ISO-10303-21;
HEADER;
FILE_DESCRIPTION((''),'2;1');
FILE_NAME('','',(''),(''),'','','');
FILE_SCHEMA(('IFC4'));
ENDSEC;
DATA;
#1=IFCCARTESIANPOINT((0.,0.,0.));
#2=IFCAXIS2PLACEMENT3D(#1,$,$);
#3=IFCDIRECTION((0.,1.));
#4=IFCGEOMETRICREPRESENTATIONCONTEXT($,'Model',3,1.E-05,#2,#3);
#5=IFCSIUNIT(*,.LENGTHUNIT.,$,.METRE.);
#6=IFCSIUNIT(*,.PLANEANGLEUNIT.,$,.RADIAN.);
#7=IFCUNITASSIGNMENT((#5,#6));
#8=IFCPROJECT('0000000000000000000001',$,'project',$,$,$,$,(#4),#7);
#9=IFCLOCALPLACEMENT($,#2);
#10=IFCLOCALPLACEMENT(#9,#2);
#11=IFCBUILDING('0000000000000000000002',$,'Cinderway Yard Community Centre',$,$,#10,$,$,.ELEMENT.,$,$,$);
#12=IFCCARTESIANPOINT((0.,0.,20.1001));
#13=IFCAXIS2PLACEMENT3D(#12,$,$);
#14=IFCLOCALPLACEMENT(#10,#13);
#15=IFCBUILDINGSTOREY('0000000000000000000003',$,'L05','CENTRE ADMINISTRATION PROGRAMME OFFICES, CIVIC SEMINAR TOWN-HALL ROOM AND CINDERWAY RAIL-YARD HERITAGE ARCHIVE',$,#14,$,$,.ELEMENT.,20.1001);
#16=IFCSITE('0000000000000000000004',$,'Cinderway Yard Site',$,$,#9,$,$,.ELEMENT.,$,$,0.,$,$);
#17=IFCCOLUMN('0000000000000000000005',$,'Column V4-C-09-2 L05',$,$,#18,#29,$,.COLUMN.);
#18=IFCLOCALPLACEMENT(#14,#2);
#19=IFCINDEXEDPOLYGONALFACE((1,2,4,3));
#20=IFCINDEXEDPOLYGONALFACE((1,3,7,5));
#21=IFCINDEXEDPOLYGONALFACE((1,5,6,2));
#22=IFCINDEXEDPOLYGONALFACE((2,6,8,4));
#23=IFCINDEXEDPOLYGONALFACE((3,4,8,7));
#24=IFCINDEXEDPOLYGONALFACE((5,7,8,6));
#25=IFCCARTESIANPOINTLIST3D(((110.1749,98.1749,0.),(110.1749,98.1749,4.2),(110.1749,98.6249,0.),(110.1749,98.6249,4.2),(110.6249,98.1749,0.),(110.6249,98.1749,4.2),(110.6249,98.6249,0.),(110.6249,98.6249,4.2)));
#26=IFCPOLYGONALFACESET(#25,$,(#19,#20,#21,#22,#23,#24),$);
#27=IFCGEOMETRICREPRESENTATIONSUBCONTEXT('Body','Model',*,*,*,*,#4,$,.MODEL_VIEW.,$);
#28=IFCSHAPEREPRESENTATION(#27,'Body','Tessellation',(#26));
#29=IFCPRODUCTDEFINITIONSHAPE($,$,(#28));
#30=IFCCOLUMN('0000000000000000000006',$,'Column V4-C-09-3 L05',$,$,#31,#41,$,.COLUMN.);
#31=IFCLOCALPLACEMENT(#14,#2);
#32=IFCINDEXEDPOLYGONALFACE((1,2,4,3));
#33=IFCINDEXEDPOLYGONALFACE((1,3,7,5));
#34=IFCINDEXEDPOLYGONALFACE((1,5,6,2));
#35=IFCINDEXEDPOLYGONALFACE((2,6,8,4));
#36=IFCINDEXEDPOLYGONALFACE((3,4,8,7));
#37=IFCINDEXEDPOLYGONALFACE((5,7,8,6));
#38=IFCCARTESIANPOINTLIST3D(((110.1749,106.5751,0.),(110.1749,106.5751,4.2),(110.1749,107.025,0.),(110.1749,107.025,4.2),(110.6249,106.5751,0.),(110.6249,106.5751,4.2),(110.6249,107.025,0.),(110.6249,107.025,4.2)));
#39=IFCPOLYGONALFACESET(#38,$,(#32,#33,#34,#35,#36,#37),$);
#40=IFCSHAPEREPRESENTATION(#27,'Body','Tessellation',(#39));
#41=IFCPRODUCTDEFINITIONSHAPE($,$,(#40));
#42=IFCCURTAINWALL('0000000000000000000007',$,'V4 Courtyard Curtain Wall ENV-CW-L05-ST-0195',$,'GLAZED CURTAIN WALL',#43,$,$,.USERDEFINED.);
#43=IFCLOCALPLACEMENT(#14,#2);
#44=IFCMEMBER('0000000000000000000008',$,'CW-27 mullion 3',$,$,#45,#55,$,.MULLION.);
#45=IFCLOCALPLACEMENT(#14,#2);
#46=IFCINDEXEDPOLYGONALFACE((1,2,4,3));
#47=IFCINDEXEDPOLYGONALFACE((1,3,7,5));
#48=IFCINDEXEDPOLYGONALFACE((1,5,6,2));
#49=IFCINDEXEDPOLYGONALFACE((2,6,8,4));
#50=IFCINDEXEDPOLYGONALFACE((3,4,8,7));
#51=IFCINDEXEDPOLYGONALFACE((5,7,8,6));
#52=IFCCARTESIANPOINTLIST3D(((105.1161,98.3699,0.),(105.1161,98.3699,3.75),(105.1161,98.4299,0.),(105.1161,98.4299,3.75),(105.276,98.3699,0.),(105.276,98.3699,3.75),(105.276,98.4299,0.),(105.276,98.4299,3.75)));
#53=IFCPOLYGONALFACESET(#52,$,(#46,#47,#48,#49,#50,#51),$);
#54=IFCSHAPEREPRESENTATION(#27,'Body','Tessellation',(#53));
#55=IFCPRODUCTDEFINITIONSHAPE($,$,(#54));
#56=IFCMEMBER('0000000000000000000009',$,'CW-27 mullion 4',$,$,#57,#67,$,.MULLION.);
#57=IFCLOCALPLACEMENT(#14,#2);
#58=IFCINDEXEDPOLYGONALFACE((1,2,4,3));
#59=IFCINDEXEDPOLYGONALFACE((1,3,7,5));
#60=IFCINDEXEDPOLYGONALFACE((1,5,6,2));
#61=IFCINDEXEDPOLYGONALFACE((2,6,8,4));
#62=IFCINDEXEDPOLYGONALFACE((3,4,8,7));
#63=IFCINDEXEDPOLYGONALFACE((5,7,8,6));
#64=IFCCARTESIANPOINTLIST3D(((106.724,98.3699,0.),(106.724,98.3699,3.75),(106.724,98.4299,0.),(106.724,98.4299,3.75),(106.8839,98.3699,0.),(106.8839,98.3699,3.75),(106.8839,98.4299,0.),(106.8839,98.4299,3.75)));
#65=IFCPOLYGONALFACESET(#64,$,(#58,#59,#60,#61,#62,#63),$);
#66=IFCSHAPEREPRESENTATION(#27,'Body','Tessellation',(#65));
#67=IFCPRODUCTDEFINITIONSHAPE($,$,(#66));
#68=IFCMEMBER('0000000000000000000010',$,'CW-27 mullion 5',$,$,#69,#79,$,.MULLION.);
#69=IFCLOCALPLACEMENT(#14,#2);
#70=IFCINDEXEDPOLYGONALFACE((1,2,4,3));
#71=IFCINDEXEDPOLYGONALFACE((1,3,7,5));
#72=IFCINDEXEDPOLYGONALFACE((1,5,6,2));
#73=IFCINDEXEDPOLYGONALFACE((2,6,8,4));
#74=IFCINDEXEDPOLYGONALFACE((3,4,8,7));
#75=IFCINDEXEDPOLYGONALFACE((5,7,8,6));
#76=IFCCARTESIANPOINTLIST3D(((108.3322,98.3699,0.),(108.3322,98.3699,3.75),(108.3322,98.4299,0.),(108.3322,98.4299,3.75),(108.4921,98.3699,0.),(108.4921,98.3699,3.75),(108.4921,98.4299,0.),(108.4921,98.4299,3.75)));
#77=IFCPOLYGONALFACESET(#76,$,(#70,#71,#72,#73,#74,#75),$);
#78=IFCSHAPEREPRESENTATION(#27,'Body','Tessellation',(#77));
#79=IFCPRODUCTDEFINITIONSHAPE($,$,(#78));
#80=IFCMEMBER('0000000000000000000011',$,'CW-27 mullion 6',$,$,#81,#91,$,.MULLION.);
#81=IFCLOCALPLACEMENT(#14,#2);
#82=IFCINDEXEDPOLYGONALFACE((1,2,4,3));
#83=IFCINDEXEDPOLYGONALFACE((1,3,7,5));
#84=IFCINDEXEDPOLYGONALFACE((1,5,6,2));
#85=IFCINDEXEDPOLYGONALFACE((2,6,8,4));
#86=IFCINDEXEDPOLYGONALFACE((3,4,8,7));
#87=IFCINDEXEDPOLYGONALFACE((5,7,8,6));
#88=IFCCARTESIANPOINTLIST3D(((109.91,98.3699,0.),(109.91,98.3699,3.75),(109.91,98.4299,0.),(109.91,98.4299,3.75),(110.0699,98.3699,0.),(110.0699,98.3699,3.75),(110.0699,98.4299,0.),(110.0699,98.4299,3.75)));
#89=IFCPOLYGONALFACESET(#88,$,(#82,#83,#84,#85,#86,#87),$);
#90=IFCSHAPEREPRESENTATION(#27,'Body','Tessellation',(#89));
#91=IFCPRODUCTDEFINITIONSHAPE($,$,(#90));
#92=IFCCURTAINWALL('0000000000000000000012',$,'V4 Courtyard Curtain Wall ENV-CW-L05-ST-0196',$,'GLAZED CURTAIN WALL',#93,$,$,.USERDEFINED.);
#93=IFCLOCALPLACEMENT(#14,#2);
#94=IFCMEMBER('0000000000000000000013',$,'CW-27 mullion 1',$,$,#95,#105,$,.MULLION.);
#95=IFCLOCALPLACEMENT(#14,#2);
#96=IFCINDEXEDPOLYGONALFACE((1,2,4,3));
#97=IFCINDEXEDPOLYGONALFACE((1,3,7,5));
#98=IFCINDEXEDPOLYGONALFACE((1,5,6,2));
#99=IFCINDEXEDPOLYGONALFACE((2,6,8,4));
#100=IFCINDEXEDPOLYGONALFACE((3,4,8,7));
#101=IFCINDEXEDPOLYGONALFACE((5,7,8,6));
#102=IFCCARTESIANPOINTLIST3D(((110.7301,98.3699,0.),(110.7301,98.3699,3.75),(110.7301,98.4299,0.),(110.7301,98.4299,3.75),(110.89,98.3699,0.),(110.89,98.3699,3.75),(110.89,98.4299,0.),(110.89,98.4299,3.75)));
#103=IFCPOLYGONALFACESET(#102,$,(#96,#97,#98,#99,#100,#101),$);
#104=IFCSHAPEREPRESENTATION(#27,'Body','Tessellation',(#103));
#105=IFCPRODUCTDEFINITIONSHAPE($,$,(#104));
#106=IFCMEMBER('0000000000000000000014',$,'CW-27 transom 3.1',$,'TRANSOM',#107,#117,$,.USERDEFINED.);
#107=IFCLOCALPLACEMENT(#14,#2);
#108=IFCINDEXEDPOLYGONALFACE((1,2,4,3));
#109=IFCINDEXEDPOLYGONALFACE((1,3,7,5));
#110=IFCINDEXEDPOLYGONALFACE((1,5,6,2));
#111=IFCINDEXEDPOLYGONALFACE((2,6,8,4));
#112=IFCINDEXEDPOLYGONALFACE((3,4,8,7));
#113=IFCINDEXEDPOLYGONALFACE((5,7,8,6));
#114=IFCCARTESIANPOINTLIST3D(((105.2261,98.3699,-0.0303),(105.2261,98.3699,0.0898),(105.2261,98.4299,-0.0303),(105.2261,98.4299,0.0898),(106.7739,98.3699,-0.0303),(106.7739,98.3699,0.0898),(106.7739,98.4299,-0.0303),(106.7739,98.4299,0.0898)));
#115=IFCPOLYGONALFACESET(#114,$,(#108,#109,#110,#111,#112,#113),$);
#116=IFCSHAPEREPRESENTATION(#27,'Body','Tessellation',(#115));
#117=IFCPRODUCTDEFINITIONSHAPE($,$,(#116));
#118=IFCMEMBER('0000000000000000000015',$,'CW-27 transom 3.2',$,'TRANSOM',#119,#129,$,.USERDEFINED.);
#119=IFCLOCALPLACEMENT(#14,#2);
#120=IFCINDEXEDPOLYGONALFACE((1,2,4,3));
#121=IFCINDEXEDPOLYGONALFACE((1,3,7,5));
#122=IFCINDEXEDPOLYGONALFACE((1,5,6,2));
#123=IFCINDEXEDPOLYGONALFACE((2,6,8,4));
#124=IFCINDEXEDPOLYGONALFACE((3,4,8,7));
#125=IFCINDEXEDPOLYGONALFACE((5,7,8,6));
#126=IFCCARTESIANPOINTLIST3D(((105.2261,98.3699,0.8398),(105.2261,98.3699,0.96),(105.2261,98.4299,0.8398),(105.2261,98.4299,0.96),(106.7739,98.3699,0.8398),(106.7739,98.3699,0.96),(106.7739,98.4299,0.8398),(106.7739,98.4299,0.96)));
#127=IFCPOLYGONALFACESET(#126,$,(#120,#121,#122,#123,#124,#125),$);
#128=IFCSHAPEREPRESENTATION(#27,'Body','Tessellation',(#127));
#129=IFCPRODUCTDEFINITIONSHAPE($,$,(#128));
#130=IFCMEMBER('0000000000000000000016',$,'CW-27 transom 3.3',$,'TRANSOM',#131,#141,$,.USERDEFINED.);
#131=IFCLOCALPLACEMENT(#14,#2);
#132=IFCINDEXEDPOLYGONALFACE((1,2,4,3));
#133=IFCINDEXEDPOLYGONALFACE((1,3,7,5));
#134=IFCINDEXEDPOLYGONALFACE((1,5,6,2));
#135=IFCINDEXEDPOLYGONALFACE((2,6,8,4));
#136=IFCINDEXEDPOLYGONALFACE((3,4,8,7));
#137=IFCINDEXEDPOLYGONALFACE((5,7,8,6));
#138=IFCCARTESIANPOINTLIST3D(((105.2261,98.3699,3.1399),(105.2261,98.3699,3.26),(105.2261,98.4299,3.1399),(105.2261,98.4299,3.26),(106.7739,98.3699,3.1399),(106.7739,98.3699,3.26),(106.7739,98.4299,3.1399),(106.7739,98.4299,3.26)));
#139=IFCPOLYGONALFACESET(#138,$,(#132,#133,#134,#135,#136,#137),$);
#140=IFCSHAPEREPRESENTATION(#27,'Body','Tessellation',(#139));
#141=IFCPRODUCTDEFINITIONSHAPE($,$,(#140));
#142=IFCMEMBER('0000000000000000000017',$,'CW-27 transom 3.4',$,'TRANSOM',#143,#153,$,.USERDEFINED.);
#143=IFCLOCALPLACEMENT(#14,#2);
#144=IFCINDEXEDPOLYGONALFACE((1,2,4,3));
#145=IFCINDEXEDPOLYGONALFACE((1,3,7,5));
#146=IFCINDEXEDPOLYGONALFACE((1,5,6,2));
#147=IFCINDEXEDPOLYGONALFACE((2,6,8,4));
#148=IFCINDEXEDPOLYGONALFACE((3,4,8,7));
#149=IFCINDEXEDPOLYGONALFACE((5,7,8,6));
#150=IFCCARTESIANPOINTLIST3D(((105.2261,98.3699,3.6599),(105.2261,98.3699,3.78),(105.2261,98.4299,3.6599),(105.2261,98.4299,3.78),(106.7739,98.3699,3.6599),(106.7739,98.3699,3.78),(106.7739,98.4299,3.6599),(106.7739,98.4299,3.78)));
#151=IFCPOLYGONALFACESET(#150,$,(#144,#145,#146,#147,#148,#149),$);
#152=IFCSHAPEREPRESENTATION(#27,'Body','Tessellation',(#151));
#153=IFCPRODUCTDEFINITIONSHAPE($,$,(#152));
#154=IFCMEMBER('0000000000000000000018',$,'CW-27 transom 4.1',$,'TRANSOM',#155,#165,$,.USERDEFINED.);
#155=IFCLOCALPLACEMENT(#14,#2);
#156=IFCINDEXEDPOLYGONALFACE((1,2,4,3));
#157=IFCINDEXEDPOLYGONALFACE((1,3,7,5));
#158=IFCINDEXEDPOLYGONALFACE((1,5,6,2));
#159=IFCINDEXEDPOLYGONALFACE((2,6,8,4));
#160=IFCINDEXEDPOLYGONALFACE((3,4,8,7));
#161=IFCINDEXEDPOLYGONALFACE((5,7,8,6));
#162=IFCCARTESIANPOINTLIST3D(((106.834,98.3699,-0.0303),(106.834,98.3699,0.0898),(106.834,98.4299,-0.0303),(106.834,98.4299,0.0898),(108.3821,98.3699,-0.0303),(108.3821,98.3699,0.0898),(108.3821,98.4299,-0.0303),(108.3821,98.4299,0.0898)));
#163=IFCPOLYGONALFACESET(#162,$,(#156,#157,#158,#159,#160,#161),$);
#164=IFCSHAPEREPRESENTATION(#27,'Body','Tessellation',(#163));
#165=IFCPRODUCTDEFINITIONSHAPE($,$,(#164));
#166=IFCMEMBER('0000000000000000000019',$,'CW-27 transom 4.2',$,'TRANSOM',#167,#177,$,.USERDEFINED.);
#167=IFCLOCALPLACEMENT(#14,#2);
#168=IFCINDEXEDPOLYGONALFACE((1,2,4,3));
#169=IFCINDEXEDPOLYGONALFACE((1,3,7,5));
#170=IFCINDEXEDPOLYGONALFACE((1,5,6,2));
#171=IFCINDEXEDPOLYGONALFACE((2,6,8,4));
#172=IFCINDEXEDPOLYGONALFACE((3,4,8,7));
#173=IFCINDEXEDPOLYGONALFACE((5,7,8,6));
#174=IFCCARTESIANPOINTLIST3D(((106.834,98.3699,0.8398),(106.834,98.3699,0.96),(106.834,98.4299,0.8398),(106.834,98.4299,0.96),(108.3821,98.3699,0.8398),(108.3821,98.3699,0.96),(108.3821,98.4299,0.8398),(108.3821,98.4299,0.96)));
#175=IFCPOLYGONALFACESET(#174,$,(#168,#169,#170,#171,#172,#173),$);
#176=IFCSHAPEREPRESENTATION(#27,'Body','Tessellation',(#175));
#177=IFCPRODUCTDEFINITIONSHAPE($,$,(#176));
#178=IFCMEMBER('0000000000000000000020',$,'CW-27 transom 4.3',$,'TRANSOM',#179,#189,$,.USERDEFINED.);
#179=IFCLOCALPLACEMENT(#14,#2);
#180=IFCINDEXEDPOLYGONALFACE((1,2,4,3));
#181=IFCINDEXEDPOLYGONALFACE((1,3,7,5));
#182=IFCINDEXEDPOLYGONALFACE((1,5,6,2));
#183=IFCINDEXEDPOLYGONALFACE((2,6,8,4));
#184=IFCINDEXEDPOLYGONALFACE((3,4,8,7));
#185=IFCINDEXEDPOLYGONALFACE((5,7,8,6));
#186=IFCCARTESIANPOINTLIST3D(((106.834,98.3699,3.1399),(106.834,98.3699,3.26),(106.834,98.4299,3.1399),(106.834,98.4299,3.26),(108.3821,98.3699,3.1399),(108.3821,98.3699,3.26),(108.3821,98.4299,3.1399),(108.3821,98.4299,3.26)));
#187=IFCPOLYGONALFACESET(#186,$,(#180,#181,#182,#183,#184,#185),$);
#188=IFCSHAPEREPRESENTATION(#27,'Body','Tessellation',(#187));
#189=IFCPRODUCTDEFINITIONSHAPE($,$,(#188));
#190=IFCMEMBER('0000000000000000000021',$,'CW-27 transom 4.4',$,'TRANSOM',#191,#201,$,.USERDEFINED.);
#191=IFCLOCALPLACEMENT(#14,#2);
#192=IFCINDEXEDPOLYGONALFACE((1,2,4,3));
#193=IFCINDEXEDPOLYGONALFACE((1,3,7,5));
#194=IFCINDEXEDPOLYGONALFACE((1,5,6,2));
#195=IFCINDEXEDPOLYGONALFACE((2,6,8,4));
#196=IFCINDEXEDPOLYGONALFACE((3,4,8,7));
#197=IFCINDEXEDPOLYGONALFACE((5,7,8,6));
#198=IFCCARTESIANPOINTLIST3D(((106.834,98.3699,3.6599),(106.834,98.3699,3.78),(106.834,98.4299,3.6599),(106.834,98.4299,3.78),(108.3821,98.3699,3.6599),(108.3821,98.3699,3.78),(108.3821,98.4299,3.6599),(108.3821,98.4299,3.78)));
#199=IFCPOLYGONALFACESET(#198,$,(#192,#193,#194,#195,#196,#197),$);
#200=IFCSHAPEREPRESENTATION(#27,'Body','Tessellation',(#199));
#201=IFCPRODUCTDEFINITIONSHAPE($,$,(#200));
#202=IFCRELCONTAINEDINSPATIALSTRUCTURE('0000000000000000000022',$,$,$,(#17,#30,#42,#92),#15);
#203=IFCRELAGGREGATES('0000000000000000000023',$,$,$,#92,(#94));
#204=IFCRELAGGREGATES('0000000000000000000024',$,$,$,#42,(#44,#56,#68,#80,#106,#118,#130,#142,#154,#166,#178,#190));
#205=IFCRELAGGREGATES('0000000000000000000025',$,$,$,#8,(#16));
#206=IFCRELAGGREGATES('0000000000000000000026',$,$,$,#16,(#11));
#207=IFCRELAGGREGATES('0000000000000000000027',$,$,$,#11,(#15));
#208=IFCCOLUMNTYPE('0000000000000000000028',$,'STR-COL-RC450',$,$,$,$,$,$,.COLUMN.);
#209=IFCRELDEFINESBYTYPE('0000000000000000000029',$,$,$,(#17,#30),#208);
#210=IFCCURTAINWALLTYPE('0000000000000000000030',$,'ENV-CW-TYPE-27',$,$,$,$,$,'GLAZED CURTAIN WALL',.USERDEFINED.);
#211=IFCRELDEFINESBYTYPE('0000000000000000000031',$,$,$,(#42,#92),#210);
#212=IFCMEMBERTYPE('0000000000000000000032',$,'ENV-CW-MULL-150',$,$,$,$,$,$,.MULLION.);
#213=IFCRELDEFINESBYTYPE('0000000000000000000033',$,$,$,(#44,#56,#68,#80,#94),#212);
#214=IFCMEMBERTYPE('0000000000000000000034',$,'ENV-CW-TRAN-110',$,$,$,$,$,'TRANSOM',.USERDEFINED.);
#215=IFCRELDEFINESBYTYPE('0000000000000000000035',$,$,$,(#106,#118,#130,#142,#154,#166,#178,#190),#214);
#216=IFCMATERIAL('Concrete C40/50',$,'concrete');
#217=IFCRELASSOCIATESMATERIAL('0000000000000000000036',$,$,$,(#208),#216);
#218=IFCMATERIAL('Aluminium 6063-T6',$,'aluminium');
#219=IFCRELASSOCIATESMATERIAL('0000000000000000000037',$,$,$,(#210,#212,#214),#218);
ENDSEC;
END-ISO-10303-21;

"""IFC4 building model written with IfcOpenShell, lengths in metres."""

from ifc_helpers import new_model, si_unit, direction, frame, origin, origin_2d, place, context, subcontext, project, spatial, rectangle, extrude, material, material_profile, profile_set, type_object, element, aggregate, save


model = new_model("IFC4")

# Units and contexts
model_context = context("Model", 3, precision=1e-05, world=origin(), true_north=direction((0.0, 1.0)))
body_context = subcontext(model_context, "Body", "Model", "MODEL_VIEW")
ifc_project = project(units=[si_unit("LENGTHUNIT", "METRE"), si_unit("PLANEANGLEUNIT", "RADIAN")], contexts=[model_context])

# Site, building, storey
site_placement = place(None, origin())
site = spatial("IfcSite", under=ifc_project, at=site_placement, Name="Cinderway Yard Site", CompositionType="ELEMENT", RefElevation=0.0)
building_placement = place(site_placement, origin())
building = spatial("IfcBuilding", under=site, at=building_placement, Name="Cinderway Yard Community Centre", CompositionType="ELEMENT")
storey_placement = place(building_placement, frame((0.0, 0.0, 20.1001)))
storey = spatial("IfcBuildingStorey", under=building, at=storey_placement, Name="L05", Description="CENTRE ADMINISTRATION PROGRAMME OFFICES, CIVIC SEMINAR TOWN-HALL ROOM AND CINDERWAY RAIL-YARD HERITAGE ARCHIVE", CompositionType="ELEMENT", Elevation=20.1001)

# Columns
ifc_material_1 = material(Name="Concrete C40/50", Category="concrete")
ifc_material_profile_1 = material_profile(ifc_material_1, rectangle(XDim=0.45, YDim=0.45, at=origin_2d()), Name="Concrete C40/50")
ifc_profile_set_1 = profile_set([ifc_material_profile_1], Name="Concrete C40/50")
column_type = type_object("IfcColumnType", Name="STR-COL-RC450", PredefinedType="COLUMN", material=ifc_profile_set_1)
for number, where, z_axis, x_axis, name in (
    (1, (110.3999, 98.3999, 0.0), (0.0, 0.0, 1.0), (1.0, 0.0, 0.0), "Column V4-C-09-2 L05"),
    (2, (110.3999, 106.8, 0.0), (0.0, 0.0, 1.0), (1.0, 0.0, 0.0), "Column V4-C-09-3 L05"),
):
    element("IfcColumn", number, at=place(storey_placement, frame(where, z_axis=z_axis, x_axis=x_axis)), inside=storey, type_object=column_type, Name=name, PredefinedType="COLUMN", context=body_context, shape_type="SweptSolid", body=[
        extrude(rectangle(XDim=0.45, YDim=0.45, at=origin_2d()), origin(), (0.0, 0.0, 1.0), 4.2),
    ])

# Curtain wall, members
ifc_material_2 = material(Name="Aluminium 6063-T6", Category="aluminium")
curtain_wall_type = type_object("IfcCurtainWallType", Name="ENV-CW-TYPE-27", ElementType="GLAZED CURTAIN WALL", PredefinedType="USERDEFINED", material=ifc_material_2)
curtain_wall_1_placement = place(storey_placement, origin())
curtain_wall_1 = element("IfcCurtainWall", 3, at=curtain_wall_1_placement, inside=storey, type_object=curtain_wall_type, Name="V4 Courtyard Curtain Wall ENV-CW-L05-ST-0195", ObjectType="GLAZED CURTAIN WALL", PredefinedType="USERDEFINED")
ifc_material_profile_2 = material_profile(ifc_material_2, rectangle(XDim=0.0601, YDim=0.1599, at=origin_2d()), Name="Aluminium 6063-T6")
ifc_profile_set_2 = profile_set([ifc_material_profile_2], Name="Aluminium 6063-T6")
member_type_1 = type_object("IfcMemberType", Name="ENV-CW-MULL-150", PredefinedType="MULLION", material=ifc_profile_set_2)
member_1_placement = place(storey_placement, frame((105.196, 98.3999, 0.0), z_axis=(0.0, 0.0, 1.0), x_axis=(0.0, 1.0, 0.0)))
member_1 = element("IfcMember", 4, at=member_1_placement, type_object=member_type_1, Name="CW-27 mullion 3", PredefinedType="MULLION", context=body_context, shape_type="SweptSolid", body=[
    extrude(rectangle(XDim=0.0601, YDim=0.1599, at=origin_2d()), origin(), (0.0, 0.0, 1.0), 3.75),
])
member_2_placement = place(storey_placement, frame((106.804, 98.3999, 0.0), z_axis=(0.0, 0.0, 1.0), x_axis=(0.0, 1.0, 0.0)))
member_2 = element("IfcMember", 5, at=member_2_placement, type_object=member_type_1, Name="CW-27 mullion 4", PredefinedType="MULLION", context=body_context, shape_type="SweptSolid", body=[
    extrude(rectangle(XDim=0.0601, YDim=0.1599, at=origin_2d()), origin(), (0.0, 0.0, 1.0), 3.75),
])
member_3_placement = place(storey_placement, frame((108.4121, 98.3999, 0.0), z_axis=(0.0, 0.0, 1.0), x_axis=(0.0, 1.0, 0.0)))
member_3 = element("IfcMember", 6, at=member_3_placement, type_object=member_type_1, Name="CW-27 mullion 5", PredefinedType="MULLION", context=body_context, shape_type="SweptSolid", body=[
    extrude(rectangle(XDim=0.0601, YDim=0.1599, at=origin_2d()), origin(), (0.0, 0.0, 1.0), 3.75),
])
member_4_placement = place(storey_placement, frame((109.99, 98.3999, 0.0), z_axis=(0.0, 0.0, 1.0), x_axis=(0.0, 1.0, 0.0)))
member_4 = element("IfcMember", 7, at=member_4_placement, type_object=member_type_1, Name="CW-27 mullion 6", PredefinedType="MULLION", context=body_context, shape_type="SweptSolid", body=[
    extrude(rectangle(XDim=0.0601, YDim=0.1599, at=origin_2d()), origin(), (0.0, 0.0, 1.0), 3.75),
])

# Curtain wall, member
curtain_wall_2_placement = place(storey_placement, origin())
curtain_wall_2 = element("IfcCurtainWall", 8, at=curtain_wall_2_placement, inside=storey, type_object=curtain_wall_type, Name="V4 Courtyard Curtain Wall ENV-CW-L05-ST-0196", ObjectType="GLAZED CURTAIN WALL", PredefinedType="USERDEFINED")
member_5_placement = place(storey_placement, frame((110.8101, 98.3999, 0.0), z_axis=(0.0, 0.0, 1.0), x_axis=(0.0, 1.0, 0.0)))
member_5 = element("IfcMember", 9, at=member_5_placement, type_object=member_type_1, Name="CW-27 mullion 1", PredefinedType="MULLION", context=body_context, shape_type="SweptSolid", body=[
    extrude(rectangle(XDim=0.0601, YDim=0.1599, at=origin_2d()), origin(), (0.0, 0.0, 1.0), 3.75),
])

# Members
ifc_material_profile_3 = material_profile(ifc_material_2, rectangle(XDim=0.0601, YDim=0.1201, at=origin_2d()), Name="Aluminium 6063-T6")
ifc_profile_set_3 = profile_set([ifc_material_profile_3], Name="Aluminium 6063-T6")
member_type_2 = type_object("IfcMemberType", Name="ENV-CW-TRAN-110", ElementType="TRANSOM", PredefinedType="USERDEFINED", material=ifc_profile_set_3)
member_6_placement = place(storey_placement, frame((105.2261, 98.3999, 0.0298), z_axis=(1.0, 0.0, 0.0), x_axis=(0.0, 1.0, 0.0)))
member_6 = element("IfcMember", 10, at=member_6_placement, type_object=member_type_2, Name="CW-27 transom 3.1", ObjectType="TRANSOM", PredefinedType="USERDEFINED", context=body_context, shape_type="SweptSolid", body=[
    extrude(rectangle(XDim=0.0601, YDim=0.1201, at=origin_2d()), origin(), (0.0, 0.0, 1.0), 1.5479),
])
member_7_placement = place(storey_placement, frame((105.2261, 98.3999, 0.8999), z_axis=(1.0, 0.0, 0.0), x_axis=(0.0, 1.0, 0.0)))
member_7 = element("IfcMember", 11, at=member_7_placement, type_object=member_type_2, Name="CW-27 transom 3.2", ObjectType="TRANSOM", PredefinedType="USERDEFINED", context=body_context, shape_type="SweptSolid", body=[
    extrude(rectangle(XDim=0.0601, YDim=0.1201, at=origin_2d()), origin(), (0.0, 0.0, 1.0), 1.5479),
])
member_8_placement = place(storey_placement, frame((105.2261, 98.3999, 3.2), z_axis=(1.0, 0.0, 0.0), x_axis=(0.0, 1.0, 0.0)))
member_8 = element("IfcMember", 12, at=member_8_placement, type_object=member_type_2, Name="CW-27 transom 3.3", ObjectType="TRANSOM", PredefinedType="USERDEFINED", context=body_context, shape_type="SweptSolid", body=[
    extrude(rectangle(XDim=0.0601, YDim=0.1201, at=origin_2d()), origin(), (0.0, 0.0, 1.0), 1.5479),
])
member_9_placement = place(storey_placement, frame((105.2261, 98.3999, 3.72), z_axis=(1.0, 0.0, 0.0), x_axis=(0.0, 1.0, 0.0)))
member_9 = element("IfcMember", 13, at=member_9_placement, type_object=member_type_2, Name="CW-27 transom 3.4", ObjectType="TRANSOM", PredefinedType="USERDEFINED", context=body_context, shape_type="SweptSolid", body=[
    extrude(rectangle(XDim=0.0601, YDim=0.1201, at=origin_2d()), origin(), (0.0, 0.0, 1.0), 1.5479),
])
member_10_placement = place(storey_placement, frame((106.834, 98.3999, 0.0298), z_axis=(1.0, 0.0, 0.0), x_axis=(0.0, 1.0, 0.0)))
member_10 = element("IfcMember", 14, at=member_10_placement, type_object=member_type_2, Name="CW-27 transom 4.1", ObjectType="TRANSOM", PredefinedType="USERDEFINED", context=body_context, shape_type="SweptSolid", body=[
    extrude(rectangle(XDim=0.0601, YDim=0.1201, at=origin_2d()), origin(), (0.0, 0.0, 1.0), 1.5481),
])
member_11_placement = place(storey_placement, frame((106.834, 98.3999, 0.8999), z_axis=(1.0, 0.0, 0.0), x_axis=(0.0, 1.0, 0.0)))
member_11 = element("IfcMember", 15, at=member_11_placement, type_object=member_type_2, Name="CW-27 transom 4.2", ObjectType="TRANSOM", PredefinedType="USERDEFINED", context=body_context, shape_type="SweptSolid", body=[
    extrude(rectangle(XDim=0.0601, YDim=0.1201, at=origin_2d()), origin(), (0.0, 0.0, 1.0), 1.5481),
])
member_12_placement = place(storey_placement, frame((106.834, 98.3999, 3.2), z_axis=(1.0, 0.0, 0.0), x_axis=(0.0, 1.0, 0.0)))
member_12 = element("IfcMember", 16, at=member_12_placement, type_object=member_type_2, Name="CW-27 transom 4.3", ObjectType="TRANSOM", PredefinedType="USERDEFINED", context=body_context, shape_type="SweptSolid", body=[
    extrude(rectangle(XDim=0.0601, YDim=0.1201, at=origin_2d()), origin(), (0.0, 0.0, 1.0), 1.5481),
])
member_13_placement = place(storey_placement, frame((106.834, 98.3999, 3.72), z_axis=(1.0, 0.0, 0.0), x_axis=(0.0, 1.0, 0.0)))
member_13 = element("IfcMember", 17, at=member_13_placement, type_object=member_type_2, Name="CW-27 transom 4.4", ObjectType="TRANSOM", PredefinedType="USERDEFINED", context=body_context, shape_type="SweptSolid", body=[
    extrude(rectangle(XDim=0.0601, YDim=0.1201, at=origin_2d()), origin(), (0.0, 0.0, 1.0), 1.5481),
])
aggregate(curtain_wall_2, [member_5])

aggregate(curtain_wall_1, [member_1, member_2, member_3, member_4, member_6, member_7, member_8, member_9, member_10, member_11, member_12, member_13])

save(model, "model.ifc")
